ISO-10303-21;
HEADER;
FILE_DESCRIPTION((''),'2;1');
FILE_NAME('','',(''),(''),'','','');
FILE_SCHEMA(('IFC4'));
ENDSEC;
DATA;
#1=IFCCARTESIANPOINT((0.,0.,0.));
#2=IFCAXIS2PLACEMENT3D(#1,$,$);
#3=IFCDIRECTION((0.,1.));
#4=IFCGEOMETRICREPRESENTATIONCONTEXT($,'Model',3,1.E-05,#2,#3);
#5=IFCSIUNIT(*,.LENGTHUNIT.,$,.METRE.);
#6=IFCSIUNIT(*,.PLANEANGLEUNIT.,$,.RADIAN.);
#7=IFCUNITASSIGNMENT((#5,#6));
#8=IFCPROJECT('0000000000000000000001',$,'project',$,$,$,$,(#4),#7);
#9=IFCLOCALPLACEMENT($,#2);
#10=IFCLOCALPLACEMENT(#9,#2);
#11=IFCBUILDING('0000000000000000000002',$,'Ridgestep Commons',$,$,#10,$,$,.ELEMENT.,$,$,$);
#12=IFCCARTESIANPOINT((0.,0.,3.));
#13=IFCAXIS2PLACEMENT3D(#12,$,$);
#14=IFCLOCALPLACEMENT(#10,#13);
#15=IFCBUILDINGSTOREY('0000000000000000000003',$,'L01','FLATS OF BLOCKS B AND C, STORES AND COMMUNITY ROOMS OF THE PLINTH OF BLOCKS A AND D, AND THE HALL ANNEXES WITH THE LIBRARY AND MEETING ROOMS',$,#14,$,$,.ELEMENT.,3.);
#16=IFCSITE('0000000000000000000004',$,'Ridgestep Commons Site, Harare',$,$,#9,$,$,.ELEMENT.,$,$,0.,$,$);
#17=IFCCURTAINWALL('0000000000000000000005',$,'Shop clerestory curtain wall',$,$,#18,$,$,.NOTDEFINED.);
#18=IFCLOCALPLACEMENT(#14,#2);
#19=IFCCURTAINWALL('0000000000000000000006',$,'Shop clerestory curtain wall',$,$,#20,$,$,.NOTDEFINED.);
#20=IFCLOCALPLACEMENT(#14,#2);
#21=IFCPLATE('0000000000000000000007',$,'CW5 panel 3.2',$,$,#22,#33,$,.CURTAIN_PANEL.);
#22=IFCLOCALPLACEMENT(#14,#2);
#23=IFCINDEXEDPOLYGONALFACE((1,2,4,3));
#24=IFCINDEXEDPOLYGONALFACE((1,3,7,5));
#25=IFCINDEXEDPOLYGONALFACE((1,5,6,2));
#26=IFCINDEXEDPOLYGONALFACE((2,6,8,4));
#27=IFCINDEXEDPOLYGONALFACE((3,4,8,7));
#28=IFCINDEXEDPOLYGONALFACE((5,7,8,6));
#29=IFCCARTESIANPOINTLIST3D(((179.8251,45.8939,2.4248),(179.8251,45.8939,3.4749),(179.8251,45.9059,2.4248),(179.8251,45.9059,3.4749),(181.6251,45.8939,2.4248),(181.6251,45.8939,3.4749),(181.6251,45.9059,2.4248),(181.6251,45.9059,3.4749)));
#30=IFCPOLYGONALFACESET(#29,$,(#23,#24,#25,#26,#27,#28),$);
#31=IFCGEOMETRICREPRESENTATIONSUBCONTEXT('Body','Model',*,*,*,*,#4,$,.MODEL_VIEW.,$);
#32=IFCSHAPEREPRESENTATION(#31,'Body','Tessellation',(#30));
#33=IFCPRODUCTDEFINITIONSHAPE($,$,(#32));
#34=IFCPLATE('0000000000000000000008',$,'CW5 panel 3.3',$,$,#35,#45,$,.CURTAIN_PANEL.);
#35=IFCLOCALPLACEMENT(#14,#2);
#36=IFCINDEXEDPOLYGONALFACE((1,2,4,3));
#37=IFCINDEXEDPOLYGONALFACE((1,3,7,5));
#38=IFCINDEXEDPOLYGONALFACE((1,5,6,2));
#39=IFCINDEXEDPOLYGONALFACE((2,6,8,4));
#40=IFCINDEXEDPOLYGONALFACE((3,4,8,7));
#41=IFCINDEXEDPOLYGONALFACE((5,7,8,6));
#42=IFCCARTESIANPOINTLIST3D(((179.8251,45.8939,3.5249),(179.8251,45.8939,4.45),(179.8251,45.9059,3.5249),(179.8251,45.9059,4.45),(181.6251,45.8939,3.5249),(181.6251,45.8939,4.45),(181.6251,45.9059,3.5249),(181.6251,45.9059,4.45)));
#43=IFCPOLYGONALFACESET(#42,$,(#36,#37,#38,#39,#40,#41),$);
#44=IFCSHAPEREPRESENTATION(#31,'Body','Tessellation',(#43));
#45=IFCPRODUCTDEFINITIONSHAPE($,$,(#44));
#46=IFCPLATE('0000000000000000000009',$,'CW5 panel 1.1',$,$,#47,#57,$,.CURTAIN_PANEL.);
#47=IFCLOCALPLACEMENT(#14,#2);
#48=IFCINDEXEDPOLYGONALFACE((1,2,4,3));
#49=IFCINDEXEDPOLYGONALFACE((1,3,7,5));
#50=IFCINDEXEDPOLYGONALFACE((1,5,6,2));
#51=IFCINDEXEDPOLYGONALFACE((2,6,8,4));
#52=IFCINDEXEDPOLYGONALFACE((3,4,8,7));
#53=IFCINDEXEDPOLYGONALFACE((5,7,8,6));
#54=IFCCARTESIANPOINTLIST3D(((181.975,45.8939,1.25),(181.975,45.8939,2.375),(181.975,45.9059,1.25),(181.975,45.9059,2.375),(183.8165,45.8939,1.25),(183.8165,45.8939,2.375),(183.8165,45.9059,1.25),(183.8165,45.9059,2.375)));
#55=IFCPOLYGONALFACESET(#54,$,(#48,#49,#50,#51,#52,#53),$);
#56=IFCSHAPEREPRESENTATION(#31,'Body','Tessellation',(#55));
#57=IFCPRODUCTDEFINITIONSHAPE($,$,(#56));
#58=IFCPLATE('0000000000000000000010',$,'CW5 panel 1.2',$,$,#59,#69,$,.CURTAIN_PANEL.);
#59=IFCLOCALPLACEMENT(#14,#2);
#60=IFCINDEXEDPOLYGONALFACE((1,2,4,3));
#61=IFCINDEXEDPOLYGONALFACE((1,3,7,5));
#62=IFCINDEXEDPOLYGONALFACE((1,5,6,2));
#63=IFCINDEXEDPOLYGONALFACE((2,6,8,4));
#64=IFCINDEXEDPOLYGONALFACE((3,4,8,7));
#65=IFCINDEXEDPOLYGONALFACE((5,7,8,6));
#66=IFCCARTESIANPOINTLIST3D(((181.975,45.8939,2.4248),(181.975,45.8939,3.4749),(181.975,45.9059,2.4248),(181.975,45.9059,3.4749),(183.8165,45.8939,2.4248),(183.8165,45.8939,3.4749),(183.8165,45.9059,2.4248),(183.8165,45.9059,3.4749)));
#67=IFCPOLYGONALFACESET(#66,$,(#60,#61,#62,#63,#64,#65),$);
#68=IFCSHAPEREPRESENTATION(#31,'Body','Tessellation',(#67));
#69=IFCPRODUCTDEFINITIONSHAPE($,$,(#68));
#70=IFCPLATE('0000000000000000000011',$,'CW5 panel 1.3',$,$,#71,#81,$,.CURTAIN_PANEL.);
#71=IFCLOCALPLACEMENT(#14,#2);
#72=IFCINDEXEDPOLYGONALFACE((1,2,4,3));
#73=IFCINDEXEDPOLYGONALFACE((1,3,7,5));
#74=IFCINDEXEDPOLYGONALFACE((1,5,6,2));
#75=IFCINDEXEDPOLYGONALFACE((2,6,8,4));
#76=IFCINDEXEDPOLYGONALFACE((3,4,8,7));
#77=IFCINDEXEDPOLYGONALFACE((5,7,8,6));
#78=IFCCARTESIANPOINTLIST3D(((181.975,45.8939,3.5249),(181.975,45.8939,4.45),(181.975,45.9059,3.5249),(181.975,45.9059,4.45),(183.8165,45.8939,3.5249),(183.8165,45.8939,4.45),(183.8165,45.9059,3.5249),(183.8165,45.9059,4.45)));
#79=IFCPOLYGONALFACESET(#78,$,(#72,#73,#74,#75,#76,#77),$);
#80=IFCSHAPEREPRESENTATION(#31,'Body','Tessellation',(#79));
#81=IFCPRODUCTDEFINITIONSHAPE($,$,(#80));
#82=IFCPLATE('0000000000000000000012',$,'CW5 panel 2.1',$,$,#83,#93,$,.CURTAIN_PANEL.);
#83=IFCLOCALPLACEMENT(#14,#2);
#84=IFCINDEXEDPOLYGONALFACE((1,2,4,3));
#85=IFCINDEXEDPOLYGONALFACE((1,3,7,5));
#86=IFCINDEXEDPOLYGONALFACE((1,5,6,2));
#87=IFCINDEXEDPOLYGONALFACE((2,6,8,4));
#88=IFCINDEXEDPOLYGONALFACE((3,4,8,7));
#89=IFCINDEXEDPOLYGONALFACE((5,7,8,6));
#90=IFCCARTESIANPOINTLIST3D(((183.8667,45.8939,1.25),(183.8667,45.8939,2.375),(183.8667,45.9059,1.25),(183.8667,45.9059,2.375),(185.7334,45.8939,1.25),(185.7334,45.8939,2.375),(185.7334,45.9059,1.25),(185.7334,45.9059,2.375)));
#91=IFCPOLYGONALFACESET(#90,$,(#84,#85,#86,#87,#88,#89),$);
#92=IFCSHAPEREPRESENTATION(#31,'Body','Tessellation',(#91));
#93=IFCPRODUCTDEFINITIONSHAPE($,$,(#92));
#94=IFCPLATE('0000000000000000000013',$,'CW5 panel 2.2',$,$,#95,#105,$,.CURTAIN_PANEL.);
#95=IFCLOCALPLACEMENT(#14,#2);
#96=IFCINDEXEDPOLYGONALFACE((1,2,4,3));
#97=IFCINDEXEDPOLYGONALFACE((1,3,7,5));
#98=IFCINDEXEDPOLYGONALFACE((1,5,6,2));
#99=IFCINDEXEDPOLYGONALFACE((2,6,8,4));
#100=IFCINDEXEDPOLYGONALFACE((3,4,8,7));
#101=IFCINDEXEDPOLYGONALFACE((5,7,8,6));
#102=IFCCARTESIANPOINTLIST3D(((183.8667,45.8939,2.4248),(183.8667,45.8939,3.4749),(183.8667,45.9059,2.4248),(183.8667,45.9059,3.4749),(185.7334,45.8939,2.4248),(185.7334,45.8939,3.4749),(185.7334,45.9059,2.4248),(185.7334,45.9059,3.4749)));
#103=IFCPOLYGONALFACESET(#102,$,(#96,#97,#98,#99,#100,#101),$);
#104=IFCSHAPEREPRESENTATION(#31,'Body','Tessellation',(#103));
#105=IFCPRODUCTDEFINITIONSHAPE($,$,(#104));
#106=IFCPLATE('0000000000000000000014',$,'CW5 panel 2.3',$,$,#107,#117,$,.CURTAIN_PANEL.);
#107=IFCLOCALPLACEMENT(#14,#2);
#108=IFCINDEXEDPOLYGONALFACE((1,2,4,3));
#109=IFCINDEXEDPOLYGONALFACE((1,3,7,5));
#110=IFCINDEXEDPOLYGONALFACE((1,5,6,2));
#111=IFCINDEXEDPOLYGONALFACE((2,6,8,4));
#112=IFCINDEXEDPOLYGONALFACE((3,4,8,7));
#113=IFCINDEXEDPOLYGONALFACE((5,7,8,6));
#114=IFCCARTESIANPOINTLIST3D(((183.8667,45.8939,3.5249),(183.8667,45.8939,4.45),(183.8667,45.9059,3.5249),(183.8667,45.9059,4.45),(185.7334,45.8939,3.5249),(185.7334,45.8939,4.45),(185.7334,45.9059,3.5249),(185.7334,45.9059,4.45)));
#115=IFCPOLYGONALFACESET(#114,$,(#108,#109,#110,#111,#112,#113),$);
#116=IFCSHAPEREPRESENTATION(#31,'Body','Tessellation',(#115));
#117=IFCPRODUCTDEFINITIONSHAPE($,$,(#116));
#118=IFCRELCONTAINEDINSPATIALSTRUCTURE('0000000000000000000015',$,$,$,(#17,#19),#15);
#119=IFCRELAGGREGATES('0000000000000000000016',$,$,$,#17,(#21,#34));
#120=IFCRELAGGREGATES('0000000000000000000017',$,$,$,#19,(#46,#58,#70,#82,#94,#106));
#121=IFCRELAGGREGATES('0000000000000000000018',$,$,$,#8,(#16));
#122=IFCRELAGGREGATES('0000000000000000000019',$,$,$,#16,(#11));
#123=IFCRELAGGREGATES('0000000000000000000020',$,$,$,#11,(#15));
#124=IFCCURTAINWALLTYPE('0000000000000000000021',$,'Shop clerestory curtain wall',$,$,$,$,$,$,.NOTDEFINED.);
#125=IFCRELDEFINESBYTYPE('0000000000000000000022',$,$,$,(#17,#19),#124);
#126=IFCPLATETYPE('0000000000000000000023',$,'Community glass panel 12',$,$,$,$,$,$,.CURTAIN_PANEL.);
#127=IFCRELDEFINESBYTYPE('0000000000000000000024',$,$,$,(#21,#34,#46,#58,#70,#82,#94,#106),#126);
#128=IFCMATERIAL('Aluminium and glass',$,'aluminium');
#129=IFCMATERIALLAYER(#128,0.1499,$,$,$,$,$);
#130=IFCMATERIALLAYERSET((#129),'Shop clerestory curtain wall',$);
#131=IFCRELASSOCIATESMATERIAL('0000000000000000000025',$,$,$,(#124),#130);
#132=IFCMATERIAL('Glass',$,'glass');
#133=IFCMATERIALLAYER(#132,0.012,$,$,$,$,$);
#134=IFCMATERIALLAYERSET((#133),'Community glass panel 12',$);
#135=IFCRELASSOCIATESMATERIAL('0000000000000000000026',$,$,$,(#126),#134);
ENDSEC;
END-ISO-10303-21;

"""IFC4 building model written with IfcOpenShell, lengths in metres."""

from ifc_helpers import new_model, si_unit, direction, frame, origin, origin_2d, place, context, subcontext, project, spatial, rectangle, extrude, material, layer, layer_set, type_object, element, aggregate, save


model = new_model("IFC4")

# Units and contexts
model_context = context("Model", 3, precision=1e-05, world=origin(), true_north=direction((0.0, 1.0)))
body_context = subcontext(model_context, "Body", "Model", "MODEL_VIEW")
ifc_project = project(units=[si_unit("LENGTHUNIT", "METRE"), si_unit("PLANEANGLEUNIT", "RADIAN")], contexts=[model_context])

# Site, building, storey
site_placement = place(None, origin())
site = spatial("IfcSite", under=ifc_project, at=site_placement, Name="Ridgestep Commons Site, Harare", CompositionType="ELEMENT", RefElevation=0.0)
building_placement = place(site_placement, origin())
building = spatial("IfcBuilding", under=site, at=building_placement, Name="Ridgestep Commons", CompositionType="ELEMENT")
storey_placement = place(building_placement, frame((0.0, 0.0, 3.0)))
storey = spatial("IfcBuildingStorey", under=building, at=storey_placement, Name="L01", Description="FLATS OF BLOCKS B AND C, STORES AND COMMUNITY ROOMS OF THE PLINTH OF BLOCKS A AND D, AND THE HALL ANNEXES WITH THE LIBRARY AND MEETING ROOMS", CompositionType="ELEMENT", Elevation=3.0)

# Curtain wall
ifc_material_1 = material(Name="Aluminium and glass", Category="aluminium")
ifc_layer_1 = layer(ifc_material_1, 0.1499)
ifc_layer_set_1 = layer_set([ifc_layer_1], Name="Shop clerestory curtain wall")
curtain_wall_type = type_object("IfcCurtainWallType", Name="Shop clerestory curtain wall", PredefinedType="NOTDEFINED", material=ifc_layer_set_1)
curtain_wall_1_placement = place(storey_placement, origin())
curtain_wall_1 = element("IfcCurtainWall", 1, at=curtain_wall_1_placement, inside=storey, type_object=curtain_wall_type, Name="Shop clerestory curtain wall", PredefinedType="NOTDEFINED")

# Curtain wall
curtain_wall_2_placement = place(storey_placement, origin())
curtain_wall_2 = element("IfcCurtainWall", 2, at=curtain_wall_2_placement, inside=storey, type_object=curtain_wall_type, Name="Shop clerestory curtain wall", PredefinedType="NOTDEFINED")

# Plates
ifc_material_2 = material(Name="Glass", Category="glass")
ifc_layer_2 = layer(ifc_material_2, 0.012)
ifc_layer_set_2 = layer_set([ifc_layer_2], Name="Community glass panel 12")
plate_type = type_object("IfcPlateType", Name="Community glass panel 12", PredefinedType="CURTAIN_PANEL", material=ifc_layer_set_2)
plate_1_placement = place(storey_placement, frame((180.7251, 45.8999, 2.4248), z_axis=(0.0, 0.0, 1.0), x_axis=(1.0, 0.0, 0.0)))
plate_1 = element("IfcPlate", 3, at=plate_1_placement, type_object=plate_type, Name="CW5 panel 3.2", PredefinedType="CURTAIN_PANEL", context=body_context, shape_type="SweptSolid", body=[
    extrude(rectangle(XDim=1.8, YDim=0.012, at=origin_2d()), origin(), (0.0, 0.0, 1.0), 1.05),
])
plate_2_placement = place(storey_placement, frame((180.7251, 45.8999, 3.5249), z_axis=(0.0, 0.0, 1.0), x_axis=(1.0, 0.0, 0.0)))
plate_2 = element("IfcPlate", 4, at=plate_2_placement, type_object=plate_type, Name="CW5 panel 3.3", PredefinedType="CURTAIN_PANEL", context=body_context, shape_type="SweptSolid", body=[
    extrude(rectangle(XDim=1.8, YDim=0.012, at=origin_2d()), origin(), (0.0, 0.0, 1.0), 0.925),
])
aggregate(curtain_wall_1, [plate_1, plate_2])
plate_3_placement = place(storey_placement, frame((182.8958, 45.8999, 1.25), z_axis=(0.0, 0.0, 1.0), x_axis=(1.0, 0.0, 0.0)))
plate_3 = element("IfcPlate", 5, at=plate_3_placement, type_object=plate_type, Name="CW5 panel 1.1", PredefinedType="CURTAIN_PANEL", context=body_context, shape_type="SweptSolid", body=[
    extrude(rectangle(XDim=1.8416, YDim=0.012, at=origin_2d()), origin(), (0.0, 0.0, 1.0), 1.125),
])
plate_4_placement = place(storey_placement, frame((182.8958, 45.8999, 2.4248), z_axis=(0.0, 0.0, 1.0), x_axis=(1.0, 0.0, 0.0)))
plate_4 = element("IfcPlate", 6, at=plate_4_placement, type_object=plate_type, Name="CW5 panel 1.2", PredefinedType="CURTAIN_PANEL", context=body_context, shape_type="SweptSolid", body=[
    extrude(rectangle(XDim=1.8416, YDim=0.012, at=origin_2d()), origin(), (0.0, 0.0, 1.0), 1.05),
])
plate_5_placement = place(storey_placement, frame((182.8958, 45.8999, 3.5249), z_axis=(0.0, 0.0, 1.0), x_axis=(1.0, 0.0, 0.0)))
plate_5 = element("IfcPlate", 7, at=plate_5_placement, type_object=plate_type, Name="CW5 panel 1.3", PredefinedType="CURTAIN_PANEL", context=body_context, shape_type="SweptSolid", body=[
    extrude(rectangle(XDim=1.8416, YDim=0.012, at=origin_2d()), origin(), (0.0, 0.0, 1.0), 0.925),
])
plate_6_placement = place(storey_placement, frame((184.8, 45.8999, 1.25), z_axis=(0.0, 0.0, 1.0), x_axis=(1.0, 0.0, 0.0)))
plate_6 = element("IfcPlate", 8, at=plate_6_placement, type_object=plate_type, Name="CW5 panel 2.1", PredefinedType="CURTAIN_PANEL", context=body_context, shape_type="SweptSolid", body=[
    extrude(rectangle(XDim=1.8667, YDim=0.012, at=origin_2d()), origin(), (0.0, 0.0, 1.0), 1.125),
])
plate_7_placement = place(storey_placement, frame((184.8, 45.8999, 2.4248), z_axis=(0.0, 0.0, 1.0), x_axis=(1.0, 0.0, 0.0)))
plate_7 = element("IfcPlate", 9, at=plate_7_placement, type_object=plate_type, Name="CW5 panel 2.2", PredefinedType="CURTAIN_PANEL", context=body_context, shape_type="SweptSolid", body=[
    extrude(rectangle(XDim=1.8667, YDim=0.012, at=origin_2d()), origin(), (0.0, 0.0, 1.0), 1.05),
])
plate_8_placement = place(storey_placement, frame((184.8, 45.8999, 3.5249), z_axis=(0.0, 0.0, 1.0), x_axis=(1.0, 0.0, 0.0)))
plate_8 = element("IfcPlate", 10, at=plate_8_placement, type_object=plate_type, Name="CW5 panel 2.3", PredefinedType="CURTAIN_PANEL", context=body_context, shape_type="SweptSolid", body=[
    extrude(rectangle(XDim=1.8667, YDim=0.012, at=origin_2d()), origin(), (0.0, 0.0, 1.0), 0.925),
])
aggregate(curtain_wall_2, [plate_3, plate_4, plate_5, plate_6, plate_7, plate_8])

save(model, "model.ifc")
